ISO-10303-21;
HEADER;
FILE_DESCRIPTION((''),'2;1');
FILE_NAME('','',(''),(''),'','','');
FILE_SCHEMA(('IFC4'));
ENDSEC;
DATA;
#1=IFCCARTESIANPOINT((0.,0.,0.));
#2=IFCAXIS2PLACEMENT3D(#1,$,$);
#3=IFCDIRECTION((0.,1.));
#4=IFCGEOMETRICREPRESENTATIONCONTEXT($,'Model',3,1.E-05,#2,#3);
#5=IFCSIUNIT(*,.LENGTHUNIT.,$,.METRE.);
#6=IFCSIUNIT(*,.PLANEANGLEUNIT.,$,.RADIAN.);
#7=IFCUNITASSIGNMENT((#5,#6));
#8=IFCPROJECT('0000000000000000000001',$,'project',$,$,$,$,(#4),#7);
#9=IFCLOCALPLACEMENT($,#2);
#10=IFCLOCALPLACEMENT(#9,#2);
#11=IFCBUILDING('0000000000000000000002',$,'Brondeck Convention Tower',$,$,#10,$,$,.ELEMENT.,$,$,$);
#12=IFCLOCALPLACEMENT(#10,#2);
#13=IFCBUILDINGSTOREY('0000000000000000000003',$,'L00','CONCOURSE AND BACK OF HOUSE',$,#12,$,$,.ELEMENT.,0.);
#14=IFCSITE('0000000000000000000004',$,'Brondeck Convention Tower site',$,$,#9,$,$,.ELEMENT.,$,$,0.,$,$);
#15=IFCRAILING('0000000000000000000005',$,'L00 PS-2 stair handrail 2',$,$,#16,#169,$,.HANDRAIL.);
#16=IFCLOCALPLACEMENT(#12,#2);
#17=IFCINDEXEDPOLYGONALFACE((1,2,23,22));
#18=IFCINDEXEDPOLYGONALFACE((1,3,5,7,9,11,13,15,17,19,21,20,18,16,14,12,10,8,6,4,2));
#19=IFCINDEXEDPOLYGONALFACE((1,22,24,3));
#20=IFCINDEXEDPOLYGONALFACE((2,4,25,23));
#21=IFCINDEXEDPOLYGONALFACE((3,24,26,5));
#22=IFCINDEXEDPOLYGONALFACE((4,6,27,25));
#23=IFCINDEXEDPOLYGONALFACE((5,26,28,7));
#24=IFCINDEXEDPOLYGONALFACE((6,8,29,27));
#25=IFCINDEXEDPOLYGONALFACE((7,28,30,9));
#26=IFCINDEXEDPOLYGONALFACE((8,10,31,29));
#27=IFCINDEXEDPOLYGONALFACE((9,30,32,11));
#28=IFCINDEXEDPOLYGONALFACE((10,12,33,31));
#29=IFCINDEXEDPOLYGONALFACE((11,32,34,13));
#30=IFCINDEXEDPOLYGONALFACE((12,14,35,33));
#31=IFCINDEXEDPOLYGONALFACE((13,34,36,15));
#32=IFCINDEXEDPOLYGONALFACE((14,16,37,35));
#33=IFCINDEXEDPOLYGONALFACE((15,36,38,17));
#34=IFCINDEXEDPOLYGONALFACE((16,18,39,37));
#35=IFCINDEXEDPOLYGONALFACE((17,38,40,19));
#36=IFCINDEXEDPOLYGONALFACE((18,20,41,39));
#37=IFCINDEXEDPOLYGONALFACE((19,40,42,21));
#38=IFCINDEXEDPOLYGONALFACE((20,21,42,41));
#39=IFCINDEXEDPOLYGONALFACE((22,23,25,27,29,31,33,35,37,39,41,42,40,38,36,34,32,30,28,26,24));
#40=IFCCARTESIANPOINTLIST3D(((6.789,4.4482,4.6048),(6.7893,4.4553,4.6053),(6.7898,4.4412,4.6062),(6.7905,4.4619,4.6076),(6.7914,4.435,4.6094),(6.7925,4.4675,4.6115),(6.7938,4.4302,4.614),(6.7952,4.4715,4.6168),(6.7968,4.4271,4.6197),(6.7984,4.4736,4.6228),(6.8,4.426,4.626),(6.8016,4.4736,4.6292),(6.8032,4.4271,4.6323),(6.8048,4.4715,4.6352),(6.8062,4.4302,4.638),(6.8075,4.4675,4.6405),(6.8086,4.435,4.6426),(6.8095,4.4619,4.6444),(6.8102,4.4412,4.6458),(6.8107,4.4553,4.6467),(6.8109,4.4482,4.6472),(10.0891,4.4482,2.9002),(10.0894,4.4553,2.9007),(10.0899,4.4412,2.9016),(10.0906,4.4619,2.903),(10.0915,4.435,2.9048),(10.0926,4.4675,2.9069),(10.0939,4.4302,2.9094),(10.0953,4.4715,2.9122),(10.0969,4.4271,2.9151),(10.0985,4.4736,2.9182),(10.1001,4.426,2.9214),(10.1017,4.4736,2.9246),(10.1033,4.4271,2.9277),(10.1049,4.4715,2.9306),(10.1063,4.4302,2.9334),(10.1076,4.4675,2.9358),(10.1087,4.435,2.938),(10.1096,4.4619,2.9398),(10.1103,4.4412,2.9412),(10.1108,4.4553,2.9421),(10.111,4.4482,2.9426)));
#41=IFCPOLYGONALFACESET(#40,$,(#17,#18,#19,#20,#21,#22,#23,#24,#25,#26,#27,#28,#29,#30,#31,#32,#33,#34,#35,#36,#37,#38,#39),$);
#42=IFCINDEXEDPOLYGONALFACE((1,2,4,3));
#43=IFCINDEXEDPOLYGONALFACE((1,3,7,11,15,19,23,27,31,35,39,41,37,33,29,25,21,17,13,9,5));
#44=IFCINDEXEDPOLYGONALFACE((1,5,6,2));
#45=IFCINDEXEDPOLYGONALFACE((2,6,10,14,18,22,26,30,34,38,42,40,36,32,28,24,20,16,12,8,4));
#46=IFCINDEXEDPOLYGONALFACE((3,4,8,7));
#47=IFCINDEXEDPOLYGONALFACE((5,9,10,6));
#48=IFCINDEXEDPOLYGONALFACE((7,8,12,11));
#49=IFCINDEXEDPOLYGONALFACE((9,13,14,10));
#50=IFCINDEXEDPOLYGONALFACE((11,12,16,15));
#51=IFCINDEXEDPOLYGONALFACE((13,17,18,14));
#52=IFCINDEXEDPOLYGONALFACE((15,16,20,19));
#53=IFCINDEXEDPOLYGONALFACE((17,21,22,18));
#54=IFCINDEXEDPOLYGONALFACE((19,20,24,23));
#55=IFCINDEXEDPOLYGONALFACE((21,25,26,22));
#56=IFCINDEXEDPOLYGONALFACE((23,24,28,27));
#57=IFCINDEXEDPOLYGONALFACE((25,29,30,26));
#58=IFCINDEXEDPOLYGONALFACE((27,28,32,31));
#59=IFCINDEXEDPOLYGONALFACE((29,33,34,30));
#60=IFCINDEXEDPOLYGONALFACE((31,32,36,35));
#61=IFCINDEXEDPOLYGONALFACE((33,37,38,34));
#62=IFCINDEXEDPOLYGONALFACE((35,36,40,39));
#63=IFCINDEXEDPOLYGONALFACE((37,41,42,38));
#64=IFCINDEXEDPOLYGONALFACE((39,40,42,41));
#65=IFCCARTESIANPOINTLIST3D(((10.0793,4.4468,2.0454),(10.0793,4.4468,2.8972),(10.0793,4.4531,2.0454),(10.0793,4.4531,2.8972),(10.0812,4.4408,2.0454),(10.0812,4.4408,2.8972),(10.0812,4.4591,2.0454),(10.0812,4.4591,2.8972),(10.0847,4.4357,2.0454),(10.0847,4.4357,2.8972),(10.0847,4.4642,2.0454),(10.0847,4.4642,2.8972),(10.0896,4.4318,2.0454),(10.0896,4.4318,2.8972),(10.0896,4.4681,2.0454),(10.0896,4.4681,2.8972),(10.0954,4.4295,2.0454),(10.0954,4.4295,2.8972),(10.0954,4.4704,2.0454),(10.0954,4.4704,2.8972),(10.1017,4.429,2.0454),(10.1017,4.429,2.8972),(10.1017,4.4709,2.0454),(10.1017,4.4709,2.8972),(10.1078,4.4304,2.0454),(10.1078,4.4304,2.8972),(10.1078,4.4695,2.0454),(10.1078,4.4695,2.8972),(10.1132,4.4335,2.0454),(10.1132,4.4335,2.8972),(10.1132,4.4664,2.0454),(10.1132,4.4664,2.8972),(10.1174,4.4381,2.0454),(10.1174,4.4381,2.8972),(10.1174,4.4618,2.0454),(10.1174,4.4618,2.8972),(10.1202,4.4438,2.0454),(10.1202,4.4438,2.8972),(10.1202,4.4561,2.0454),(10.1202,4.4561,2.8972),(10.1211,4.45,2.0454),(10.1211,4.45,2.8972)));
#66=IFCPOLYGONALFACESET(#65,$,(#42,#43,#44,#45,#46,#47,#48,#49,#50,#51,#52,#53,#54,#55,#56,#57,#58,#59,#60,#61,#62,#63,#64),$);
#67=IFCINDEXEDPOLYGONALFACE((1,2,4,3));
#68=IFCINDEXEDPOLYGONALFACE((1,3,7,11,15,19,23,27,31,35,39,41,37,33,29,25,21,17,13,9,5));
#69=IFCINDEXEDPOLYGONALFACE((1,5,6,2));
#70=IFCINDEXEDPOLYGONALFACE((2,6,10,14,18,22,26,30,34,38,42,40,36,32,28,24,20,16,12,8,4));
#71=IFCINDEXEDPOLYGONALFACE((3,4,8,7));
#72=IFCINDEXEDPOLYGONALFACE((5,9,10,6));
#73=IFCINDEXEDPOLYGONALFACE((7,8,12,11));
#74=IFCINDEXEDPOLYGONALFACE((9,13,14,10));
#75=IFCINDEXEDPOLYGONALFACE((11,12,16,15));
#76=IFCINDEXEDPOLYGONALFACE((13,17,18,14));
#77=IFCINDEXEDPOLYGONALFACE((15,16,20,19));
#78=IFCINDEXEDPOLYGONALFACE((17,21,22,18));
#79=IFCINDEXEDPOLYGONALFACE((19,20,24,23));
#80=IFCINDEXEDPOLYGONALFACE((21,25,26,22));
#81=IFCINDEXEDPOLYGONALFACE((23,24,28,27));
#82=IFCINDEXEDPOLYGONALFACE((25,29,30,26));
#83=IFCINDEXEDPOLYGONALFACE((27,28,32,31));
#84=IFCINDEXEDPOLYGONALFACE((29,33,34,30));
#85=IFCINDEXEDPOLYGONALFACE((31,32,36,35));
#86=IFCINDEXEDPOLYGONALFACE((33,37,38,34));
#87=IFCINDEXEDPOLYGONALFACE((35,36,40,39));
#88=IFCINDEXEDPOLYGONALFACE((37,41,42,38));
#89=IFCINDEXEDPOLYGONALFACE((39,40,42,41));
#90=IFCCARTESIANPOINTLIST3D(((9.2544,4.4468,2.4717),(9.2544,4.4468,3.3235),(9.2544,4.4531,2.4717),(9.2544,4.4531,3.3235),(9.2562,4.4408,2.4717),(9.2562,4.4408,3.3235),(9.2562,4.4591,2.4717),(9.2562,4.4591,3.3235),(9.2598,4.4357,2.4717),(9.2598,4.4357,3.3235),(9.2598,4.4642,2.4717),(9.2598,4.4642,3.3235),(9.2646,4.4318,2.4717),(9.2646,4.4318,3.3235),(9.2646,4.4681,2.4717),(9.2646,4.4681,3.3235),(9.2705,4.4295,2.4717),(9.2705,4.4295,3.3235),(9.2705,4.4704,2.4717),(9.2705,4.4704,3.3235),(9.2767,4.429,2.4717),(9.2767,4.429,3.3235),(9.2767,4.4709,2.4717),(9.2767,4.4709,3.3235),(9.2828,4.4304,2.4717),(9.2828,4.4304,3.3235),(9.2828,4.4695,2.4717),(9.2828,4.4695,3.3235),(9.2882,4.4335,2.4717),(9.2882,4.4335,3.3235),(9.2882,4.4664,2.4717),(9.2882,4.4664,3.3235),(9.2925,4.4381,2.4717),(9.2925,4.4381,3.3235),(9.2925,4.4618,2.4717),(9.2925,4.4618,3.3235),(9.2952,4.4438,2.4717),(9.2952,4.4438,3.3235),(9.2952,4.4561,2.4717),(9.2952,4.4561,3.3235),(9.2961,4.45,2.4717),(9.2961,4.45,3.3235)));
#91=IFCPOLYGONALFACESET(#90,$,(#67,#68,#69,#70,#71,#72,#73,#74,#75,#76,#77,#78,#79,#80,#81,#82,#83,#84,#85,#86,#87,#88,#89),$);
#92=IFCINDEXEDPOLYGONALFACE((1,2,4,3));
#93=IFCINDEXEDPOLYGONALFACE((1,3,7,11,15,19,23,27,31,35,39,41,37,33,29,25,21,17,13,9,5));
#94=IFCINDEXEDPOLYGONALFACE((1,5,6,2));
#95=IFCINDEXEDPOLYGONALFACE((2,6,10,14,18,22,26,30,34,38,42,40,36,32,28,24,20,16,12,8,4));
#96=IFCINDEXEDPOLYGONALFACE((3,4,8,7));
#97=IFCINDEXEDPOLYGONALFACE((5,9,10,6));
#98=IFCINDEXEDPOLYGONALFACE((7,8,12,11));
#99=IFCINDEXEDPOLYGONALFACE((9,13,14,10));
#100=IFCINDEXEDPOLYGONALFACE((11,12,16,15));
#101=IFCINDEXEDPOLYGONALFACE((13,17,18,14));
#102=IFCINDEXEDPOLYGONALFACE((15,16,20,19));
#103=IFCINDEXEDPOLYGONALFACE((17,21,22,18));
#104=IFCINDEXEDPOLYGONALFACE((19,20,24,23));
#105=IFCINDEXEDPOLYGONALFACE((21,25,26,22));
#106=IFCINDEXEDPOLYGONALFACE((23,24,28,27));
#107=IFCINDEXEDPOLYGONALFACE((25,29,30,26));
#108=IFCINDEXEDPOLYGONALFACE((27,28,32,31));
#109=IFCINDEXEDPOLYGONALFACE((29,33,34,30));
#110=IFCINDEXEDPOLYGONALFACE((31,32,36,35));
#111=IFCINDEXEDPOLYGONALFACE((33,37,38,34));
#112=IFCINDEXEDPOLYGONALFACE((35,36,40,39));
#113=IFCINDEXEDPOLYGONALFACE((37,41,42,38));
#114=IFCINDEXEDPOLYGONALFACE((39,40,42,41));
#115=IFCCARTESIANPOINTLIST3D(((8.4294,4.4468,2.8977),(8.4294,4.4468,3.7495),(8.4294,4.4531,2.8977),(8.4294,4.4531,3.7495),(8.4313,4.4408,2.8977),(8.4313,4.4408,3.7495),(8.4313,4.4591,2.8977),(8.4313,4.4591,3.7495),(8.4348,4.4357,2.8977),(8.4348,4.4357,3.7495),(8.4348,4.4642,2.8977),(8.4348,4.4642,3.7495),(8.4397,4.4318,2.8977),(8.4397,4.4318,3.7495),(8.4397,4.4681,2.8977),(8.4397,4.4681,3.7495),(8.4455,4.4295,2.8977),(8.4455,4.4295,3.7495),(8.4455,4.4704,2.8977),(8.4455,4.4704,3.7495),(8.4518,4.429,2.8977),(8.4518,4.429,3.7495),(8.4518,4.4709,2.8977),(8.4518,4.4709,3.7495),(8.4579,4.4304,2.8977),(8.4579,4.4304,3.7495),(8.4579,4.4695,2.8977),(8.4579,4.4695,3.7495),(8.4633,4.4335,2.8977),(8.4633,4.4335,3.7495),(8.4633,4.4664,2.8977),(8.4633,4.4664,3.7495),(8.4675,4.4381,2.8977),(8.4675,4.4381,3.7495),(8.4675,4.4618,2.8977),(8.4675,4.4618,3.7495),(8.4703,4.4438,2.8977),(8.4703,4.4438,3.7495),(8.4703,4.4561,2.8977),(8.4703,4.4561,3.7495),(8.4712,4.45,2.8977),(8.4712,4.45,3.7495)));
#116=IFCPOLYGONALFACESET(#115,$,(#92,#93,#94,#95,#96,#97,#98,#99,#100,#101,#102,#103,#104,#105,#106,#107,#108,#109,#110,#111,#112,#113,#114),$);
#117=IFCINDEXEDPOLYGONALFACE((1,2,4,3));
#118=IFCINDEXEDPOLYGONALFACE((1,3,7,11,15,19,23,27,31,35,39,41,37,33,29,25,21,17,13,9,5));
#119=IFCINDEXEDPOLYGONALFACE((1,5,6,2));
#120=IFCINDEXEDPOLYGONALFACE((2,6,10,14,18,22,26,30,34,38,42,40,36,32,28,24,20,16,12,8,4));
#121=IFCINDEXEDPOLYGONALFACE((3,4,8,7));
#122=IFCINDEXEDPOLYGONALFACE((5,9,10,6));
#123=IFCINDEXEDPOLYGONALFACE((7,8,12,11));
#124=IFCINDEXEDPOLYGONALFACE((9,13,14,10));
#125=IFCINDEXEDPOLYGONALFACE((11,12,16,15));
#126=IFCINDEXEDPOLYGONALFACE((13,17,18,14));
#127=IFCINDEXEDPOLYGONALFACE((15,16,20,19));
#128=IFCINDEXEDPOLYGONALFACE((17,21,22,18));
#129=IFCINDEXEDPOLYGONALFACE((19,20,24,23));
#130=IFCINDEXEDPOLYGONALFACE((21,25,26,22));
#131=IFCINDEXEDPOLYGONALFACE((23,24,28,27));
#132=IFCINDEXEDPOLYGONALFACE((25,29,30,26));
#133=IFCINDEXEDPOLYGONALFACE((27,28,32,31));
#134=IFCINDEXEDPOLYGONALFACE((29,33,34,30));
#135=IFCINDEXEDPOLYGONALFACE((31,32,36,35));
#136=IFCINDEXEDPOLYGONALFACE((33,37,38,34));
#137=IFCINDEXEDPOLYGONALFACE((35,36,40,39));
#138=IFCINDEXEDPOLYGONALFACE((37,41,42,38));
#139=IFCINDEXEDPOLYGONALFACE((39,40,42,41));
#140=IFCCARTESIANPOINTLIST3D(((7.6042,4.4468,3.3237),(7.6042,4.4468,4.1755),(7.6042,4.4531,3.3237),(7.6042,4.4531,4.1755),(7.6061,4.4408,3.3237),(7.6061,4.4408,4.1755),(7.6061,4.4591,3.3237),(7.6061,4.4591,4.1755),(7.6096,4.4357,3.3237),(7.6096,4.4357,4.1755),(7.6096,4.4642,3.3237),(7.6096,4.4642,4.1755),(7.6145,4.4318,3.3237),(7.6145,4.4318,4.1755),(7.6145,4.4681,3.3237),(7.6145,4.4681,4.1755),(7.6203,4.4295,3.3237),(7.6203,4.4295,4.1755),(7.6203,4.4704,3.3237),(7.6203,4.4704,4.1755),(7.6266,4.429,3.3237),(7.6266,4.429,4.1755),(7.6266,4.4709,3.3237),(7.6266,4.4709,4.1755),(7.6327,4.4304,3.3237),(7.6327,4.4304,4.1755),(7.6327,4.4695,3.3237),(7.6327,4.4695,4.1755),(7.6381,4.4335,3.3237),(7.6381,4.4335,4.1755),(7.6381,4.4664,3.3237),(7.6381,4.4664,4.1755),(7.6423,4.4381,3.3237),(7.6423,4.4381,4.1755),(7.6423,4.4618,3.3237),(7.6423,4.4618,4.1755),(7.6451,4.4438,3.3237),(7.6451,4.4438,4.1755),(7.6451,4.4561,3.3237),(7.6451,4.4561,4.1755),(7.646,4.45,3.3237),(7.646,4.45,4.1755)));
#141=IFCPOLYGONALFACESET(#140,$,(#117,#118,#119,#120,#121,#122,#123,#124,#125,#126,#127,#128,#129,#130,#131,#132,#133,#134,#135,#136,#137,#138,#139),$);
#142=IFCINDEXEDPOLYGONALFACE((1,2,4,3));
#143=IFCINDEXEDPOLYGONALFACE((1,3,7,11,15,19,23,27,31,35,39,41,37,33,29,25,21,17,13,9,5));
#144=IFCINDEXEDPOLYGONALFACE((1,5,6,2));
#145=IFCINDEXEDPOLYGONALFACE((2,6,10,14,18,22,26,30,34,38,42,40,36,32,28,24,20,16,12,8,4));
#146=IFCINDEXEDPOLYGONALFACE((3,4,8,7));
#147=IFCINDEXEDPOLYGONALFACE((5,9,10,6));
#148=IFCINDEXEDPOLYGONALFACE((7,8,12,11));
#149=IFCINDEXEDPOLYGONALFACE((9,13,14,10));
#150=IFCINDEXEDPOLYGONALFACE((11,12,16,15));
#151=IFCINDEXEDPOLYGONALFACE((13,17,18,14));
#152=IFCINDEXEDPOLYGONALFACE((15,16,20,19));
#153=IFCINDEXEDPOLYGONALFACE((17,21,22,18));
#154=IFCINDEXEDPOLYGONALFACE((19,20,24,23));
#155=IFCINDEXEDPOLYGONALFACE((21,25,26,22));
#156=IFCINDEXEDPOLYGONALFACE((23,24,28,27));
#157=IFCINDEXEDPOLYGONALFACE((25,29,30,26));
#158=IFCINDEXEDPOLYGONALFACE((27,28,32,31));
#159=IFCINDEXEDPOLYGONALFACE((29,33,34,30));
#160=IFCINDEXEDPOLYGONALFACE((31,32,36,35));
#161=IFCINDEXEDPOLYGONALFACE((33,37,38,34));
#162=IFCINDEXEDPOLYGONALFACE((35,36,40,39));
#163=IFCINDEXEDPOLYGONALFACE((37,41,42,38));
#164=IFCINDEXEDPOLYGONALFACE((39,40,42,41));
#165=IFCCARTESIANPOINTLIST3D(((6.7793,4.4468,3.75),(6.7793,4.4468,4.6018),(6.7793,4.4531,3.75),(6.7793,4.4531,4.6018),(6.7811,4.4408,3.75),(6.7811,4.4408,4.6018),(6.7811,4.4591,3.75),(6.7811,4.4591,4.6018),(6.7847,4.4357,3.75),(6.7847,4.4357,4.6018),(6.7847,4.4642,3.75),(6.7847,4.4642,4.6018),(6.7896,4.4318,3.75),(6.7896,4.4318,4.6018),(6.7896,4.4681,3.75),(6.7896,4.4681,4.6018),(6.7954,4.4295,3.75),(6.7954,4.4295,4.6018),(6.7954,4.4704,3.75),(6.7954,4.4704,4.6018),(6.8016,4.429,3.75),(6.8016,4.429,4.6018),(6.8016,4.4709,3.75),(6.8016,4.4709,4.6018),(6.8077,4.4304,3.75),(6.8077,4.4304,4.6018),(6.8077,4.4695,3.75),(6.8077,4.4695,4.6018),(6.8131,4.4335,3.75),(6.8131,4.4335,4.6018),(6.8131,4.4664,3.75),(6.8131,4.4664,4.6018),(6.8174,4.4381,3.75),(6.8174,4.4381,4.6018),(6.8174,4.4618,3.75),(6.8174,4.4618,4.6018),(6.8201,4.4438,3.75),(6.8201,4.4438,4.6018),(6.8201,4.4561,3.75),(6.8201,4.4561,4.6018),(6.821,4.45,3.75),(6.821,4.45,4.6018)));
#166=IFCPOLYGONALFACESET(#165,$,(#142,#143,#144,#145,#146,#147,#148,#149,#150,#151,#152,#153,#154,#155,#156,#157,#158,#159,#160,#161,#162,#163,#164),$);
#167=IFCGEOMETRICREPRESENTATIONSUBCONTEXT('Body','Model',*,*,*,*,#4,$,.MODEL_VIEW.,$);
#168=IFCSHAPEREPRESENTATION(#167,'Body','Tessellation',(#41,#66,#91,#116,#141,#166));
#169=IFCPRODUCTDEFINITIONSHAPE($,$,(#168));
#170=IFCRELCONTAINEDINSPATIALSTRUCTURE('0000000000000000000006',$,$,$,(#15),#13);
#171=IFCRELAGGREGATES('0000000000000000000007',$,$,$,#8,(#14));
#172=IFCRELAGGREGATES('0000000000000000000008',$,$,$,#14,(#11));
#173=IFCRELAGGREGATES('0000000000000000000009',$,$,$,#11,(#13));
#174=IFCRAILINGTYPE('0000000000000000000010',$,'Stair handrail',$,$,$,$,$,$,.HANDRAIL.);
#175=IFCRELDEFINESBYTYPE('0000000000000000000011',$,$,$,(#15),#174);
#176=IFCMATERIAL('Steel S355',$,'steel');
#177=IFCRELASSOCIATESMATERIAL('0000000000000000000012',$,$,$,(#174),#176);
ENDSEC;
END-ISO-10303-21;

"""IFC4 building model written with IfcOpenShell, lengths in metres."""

from ifc_helpers import new_model, si_unit, direction, frame, origin, origin_2d, place, context, subcontext, project, spatial, circle, extrude, material, type_object, element, save


model = new_model("IFC4")

# Units and contexts
model_context = context("Model", 3, precision=1e-05, world=origin(), true_north=direction((0.0, 1.0)))
body_context = subcontext(model_context, "Body", "Model", "MODEL_VIEW")
ifc_project = project(units=[si_unit("LENGTHUNIT", "METRE"), si_unit("PLANEANGLEUNIT", "RADIAN")], contexts=[model_context])

# Site, building, storey
site_placement = place(None, origin())
site = spatial("IfcSite", under=ifc_project, at=site_placement, Name="Brondeck Convention Tower site", CompositionType="ELEMENT", RefElevation=0.0)
building_placement = place(site_placement, origin())
building = spatial("IfcBuilding", under=site, at=building_placement, Name="Brondeck Convention Tower", CompositionType="ELEMENT")
storey_placement = place(building_placement, origin())
storey = spatial("IfcBuildingStorey", under=building, at=storey_placement, Name="L00", Description="CONCOURSE AND BACK OF HOUSE", CompositionType="ELEMENT", Elevation=0.0)

# Railing
ifc_material_1 = material(Name="Steel S355", Category="steel")
railing_type_1 = type_object("IfcRailingType", Name="Stair handrail", PredefinedType="HANDRAIL", material=ifc_material_1)
for number, where, name in (
    (1, (10.1001, 4.45, 2.0454), "L00 PS-2 stair handrail 2"),
):
    element("IfcRailing", number, at=place(storey_placement, frame(where)), inside=storey, type_object=railing_type_1, Name=name, PredefinedType="HANDRAIL", context=body_context, shape_type="SweptSolid", body=[
        extrude(circle(Radius=0.0239, at=origin_2d()), frame((0.0, 0.0, 0.876), z_axis=(-0.888474, 0.0, 0.458928), x_axis=(0.0, -1.0, 0.0)), (0.0, 0.0, 1.0), 3.7144),
        extrude(circle(Radius=0.021, at=origin_2d()), origin(), (0.0, 0.0, 1.0), 0.8518),
        extrude(circle(Radius=0.021, at=origin_2d()), frame((-0.825, 0.0, 0.4263)), (0.0, 0.0, 1.0), 0.8518),
        extrude(circle(Radius=0.021, at=origin_2d()), frame((-1.6499, 0.0, 0.8523)), (0.0, 0.0, 1.0), 0.8518),
        extrude(circle(Radius=0.021, at=origin_2d()), frame((-2.4751, 0.0, 1.2783)), (0.0, 0.0, 1.0), 0.8518),
        extrude(circle(Radius=0.021, at=origin_2d()), frame((-3.3, 0.0, 1.7046)), (0.0, 0.0, 1.0), 0.8518),
    ])

save(model, "model.ifc")
